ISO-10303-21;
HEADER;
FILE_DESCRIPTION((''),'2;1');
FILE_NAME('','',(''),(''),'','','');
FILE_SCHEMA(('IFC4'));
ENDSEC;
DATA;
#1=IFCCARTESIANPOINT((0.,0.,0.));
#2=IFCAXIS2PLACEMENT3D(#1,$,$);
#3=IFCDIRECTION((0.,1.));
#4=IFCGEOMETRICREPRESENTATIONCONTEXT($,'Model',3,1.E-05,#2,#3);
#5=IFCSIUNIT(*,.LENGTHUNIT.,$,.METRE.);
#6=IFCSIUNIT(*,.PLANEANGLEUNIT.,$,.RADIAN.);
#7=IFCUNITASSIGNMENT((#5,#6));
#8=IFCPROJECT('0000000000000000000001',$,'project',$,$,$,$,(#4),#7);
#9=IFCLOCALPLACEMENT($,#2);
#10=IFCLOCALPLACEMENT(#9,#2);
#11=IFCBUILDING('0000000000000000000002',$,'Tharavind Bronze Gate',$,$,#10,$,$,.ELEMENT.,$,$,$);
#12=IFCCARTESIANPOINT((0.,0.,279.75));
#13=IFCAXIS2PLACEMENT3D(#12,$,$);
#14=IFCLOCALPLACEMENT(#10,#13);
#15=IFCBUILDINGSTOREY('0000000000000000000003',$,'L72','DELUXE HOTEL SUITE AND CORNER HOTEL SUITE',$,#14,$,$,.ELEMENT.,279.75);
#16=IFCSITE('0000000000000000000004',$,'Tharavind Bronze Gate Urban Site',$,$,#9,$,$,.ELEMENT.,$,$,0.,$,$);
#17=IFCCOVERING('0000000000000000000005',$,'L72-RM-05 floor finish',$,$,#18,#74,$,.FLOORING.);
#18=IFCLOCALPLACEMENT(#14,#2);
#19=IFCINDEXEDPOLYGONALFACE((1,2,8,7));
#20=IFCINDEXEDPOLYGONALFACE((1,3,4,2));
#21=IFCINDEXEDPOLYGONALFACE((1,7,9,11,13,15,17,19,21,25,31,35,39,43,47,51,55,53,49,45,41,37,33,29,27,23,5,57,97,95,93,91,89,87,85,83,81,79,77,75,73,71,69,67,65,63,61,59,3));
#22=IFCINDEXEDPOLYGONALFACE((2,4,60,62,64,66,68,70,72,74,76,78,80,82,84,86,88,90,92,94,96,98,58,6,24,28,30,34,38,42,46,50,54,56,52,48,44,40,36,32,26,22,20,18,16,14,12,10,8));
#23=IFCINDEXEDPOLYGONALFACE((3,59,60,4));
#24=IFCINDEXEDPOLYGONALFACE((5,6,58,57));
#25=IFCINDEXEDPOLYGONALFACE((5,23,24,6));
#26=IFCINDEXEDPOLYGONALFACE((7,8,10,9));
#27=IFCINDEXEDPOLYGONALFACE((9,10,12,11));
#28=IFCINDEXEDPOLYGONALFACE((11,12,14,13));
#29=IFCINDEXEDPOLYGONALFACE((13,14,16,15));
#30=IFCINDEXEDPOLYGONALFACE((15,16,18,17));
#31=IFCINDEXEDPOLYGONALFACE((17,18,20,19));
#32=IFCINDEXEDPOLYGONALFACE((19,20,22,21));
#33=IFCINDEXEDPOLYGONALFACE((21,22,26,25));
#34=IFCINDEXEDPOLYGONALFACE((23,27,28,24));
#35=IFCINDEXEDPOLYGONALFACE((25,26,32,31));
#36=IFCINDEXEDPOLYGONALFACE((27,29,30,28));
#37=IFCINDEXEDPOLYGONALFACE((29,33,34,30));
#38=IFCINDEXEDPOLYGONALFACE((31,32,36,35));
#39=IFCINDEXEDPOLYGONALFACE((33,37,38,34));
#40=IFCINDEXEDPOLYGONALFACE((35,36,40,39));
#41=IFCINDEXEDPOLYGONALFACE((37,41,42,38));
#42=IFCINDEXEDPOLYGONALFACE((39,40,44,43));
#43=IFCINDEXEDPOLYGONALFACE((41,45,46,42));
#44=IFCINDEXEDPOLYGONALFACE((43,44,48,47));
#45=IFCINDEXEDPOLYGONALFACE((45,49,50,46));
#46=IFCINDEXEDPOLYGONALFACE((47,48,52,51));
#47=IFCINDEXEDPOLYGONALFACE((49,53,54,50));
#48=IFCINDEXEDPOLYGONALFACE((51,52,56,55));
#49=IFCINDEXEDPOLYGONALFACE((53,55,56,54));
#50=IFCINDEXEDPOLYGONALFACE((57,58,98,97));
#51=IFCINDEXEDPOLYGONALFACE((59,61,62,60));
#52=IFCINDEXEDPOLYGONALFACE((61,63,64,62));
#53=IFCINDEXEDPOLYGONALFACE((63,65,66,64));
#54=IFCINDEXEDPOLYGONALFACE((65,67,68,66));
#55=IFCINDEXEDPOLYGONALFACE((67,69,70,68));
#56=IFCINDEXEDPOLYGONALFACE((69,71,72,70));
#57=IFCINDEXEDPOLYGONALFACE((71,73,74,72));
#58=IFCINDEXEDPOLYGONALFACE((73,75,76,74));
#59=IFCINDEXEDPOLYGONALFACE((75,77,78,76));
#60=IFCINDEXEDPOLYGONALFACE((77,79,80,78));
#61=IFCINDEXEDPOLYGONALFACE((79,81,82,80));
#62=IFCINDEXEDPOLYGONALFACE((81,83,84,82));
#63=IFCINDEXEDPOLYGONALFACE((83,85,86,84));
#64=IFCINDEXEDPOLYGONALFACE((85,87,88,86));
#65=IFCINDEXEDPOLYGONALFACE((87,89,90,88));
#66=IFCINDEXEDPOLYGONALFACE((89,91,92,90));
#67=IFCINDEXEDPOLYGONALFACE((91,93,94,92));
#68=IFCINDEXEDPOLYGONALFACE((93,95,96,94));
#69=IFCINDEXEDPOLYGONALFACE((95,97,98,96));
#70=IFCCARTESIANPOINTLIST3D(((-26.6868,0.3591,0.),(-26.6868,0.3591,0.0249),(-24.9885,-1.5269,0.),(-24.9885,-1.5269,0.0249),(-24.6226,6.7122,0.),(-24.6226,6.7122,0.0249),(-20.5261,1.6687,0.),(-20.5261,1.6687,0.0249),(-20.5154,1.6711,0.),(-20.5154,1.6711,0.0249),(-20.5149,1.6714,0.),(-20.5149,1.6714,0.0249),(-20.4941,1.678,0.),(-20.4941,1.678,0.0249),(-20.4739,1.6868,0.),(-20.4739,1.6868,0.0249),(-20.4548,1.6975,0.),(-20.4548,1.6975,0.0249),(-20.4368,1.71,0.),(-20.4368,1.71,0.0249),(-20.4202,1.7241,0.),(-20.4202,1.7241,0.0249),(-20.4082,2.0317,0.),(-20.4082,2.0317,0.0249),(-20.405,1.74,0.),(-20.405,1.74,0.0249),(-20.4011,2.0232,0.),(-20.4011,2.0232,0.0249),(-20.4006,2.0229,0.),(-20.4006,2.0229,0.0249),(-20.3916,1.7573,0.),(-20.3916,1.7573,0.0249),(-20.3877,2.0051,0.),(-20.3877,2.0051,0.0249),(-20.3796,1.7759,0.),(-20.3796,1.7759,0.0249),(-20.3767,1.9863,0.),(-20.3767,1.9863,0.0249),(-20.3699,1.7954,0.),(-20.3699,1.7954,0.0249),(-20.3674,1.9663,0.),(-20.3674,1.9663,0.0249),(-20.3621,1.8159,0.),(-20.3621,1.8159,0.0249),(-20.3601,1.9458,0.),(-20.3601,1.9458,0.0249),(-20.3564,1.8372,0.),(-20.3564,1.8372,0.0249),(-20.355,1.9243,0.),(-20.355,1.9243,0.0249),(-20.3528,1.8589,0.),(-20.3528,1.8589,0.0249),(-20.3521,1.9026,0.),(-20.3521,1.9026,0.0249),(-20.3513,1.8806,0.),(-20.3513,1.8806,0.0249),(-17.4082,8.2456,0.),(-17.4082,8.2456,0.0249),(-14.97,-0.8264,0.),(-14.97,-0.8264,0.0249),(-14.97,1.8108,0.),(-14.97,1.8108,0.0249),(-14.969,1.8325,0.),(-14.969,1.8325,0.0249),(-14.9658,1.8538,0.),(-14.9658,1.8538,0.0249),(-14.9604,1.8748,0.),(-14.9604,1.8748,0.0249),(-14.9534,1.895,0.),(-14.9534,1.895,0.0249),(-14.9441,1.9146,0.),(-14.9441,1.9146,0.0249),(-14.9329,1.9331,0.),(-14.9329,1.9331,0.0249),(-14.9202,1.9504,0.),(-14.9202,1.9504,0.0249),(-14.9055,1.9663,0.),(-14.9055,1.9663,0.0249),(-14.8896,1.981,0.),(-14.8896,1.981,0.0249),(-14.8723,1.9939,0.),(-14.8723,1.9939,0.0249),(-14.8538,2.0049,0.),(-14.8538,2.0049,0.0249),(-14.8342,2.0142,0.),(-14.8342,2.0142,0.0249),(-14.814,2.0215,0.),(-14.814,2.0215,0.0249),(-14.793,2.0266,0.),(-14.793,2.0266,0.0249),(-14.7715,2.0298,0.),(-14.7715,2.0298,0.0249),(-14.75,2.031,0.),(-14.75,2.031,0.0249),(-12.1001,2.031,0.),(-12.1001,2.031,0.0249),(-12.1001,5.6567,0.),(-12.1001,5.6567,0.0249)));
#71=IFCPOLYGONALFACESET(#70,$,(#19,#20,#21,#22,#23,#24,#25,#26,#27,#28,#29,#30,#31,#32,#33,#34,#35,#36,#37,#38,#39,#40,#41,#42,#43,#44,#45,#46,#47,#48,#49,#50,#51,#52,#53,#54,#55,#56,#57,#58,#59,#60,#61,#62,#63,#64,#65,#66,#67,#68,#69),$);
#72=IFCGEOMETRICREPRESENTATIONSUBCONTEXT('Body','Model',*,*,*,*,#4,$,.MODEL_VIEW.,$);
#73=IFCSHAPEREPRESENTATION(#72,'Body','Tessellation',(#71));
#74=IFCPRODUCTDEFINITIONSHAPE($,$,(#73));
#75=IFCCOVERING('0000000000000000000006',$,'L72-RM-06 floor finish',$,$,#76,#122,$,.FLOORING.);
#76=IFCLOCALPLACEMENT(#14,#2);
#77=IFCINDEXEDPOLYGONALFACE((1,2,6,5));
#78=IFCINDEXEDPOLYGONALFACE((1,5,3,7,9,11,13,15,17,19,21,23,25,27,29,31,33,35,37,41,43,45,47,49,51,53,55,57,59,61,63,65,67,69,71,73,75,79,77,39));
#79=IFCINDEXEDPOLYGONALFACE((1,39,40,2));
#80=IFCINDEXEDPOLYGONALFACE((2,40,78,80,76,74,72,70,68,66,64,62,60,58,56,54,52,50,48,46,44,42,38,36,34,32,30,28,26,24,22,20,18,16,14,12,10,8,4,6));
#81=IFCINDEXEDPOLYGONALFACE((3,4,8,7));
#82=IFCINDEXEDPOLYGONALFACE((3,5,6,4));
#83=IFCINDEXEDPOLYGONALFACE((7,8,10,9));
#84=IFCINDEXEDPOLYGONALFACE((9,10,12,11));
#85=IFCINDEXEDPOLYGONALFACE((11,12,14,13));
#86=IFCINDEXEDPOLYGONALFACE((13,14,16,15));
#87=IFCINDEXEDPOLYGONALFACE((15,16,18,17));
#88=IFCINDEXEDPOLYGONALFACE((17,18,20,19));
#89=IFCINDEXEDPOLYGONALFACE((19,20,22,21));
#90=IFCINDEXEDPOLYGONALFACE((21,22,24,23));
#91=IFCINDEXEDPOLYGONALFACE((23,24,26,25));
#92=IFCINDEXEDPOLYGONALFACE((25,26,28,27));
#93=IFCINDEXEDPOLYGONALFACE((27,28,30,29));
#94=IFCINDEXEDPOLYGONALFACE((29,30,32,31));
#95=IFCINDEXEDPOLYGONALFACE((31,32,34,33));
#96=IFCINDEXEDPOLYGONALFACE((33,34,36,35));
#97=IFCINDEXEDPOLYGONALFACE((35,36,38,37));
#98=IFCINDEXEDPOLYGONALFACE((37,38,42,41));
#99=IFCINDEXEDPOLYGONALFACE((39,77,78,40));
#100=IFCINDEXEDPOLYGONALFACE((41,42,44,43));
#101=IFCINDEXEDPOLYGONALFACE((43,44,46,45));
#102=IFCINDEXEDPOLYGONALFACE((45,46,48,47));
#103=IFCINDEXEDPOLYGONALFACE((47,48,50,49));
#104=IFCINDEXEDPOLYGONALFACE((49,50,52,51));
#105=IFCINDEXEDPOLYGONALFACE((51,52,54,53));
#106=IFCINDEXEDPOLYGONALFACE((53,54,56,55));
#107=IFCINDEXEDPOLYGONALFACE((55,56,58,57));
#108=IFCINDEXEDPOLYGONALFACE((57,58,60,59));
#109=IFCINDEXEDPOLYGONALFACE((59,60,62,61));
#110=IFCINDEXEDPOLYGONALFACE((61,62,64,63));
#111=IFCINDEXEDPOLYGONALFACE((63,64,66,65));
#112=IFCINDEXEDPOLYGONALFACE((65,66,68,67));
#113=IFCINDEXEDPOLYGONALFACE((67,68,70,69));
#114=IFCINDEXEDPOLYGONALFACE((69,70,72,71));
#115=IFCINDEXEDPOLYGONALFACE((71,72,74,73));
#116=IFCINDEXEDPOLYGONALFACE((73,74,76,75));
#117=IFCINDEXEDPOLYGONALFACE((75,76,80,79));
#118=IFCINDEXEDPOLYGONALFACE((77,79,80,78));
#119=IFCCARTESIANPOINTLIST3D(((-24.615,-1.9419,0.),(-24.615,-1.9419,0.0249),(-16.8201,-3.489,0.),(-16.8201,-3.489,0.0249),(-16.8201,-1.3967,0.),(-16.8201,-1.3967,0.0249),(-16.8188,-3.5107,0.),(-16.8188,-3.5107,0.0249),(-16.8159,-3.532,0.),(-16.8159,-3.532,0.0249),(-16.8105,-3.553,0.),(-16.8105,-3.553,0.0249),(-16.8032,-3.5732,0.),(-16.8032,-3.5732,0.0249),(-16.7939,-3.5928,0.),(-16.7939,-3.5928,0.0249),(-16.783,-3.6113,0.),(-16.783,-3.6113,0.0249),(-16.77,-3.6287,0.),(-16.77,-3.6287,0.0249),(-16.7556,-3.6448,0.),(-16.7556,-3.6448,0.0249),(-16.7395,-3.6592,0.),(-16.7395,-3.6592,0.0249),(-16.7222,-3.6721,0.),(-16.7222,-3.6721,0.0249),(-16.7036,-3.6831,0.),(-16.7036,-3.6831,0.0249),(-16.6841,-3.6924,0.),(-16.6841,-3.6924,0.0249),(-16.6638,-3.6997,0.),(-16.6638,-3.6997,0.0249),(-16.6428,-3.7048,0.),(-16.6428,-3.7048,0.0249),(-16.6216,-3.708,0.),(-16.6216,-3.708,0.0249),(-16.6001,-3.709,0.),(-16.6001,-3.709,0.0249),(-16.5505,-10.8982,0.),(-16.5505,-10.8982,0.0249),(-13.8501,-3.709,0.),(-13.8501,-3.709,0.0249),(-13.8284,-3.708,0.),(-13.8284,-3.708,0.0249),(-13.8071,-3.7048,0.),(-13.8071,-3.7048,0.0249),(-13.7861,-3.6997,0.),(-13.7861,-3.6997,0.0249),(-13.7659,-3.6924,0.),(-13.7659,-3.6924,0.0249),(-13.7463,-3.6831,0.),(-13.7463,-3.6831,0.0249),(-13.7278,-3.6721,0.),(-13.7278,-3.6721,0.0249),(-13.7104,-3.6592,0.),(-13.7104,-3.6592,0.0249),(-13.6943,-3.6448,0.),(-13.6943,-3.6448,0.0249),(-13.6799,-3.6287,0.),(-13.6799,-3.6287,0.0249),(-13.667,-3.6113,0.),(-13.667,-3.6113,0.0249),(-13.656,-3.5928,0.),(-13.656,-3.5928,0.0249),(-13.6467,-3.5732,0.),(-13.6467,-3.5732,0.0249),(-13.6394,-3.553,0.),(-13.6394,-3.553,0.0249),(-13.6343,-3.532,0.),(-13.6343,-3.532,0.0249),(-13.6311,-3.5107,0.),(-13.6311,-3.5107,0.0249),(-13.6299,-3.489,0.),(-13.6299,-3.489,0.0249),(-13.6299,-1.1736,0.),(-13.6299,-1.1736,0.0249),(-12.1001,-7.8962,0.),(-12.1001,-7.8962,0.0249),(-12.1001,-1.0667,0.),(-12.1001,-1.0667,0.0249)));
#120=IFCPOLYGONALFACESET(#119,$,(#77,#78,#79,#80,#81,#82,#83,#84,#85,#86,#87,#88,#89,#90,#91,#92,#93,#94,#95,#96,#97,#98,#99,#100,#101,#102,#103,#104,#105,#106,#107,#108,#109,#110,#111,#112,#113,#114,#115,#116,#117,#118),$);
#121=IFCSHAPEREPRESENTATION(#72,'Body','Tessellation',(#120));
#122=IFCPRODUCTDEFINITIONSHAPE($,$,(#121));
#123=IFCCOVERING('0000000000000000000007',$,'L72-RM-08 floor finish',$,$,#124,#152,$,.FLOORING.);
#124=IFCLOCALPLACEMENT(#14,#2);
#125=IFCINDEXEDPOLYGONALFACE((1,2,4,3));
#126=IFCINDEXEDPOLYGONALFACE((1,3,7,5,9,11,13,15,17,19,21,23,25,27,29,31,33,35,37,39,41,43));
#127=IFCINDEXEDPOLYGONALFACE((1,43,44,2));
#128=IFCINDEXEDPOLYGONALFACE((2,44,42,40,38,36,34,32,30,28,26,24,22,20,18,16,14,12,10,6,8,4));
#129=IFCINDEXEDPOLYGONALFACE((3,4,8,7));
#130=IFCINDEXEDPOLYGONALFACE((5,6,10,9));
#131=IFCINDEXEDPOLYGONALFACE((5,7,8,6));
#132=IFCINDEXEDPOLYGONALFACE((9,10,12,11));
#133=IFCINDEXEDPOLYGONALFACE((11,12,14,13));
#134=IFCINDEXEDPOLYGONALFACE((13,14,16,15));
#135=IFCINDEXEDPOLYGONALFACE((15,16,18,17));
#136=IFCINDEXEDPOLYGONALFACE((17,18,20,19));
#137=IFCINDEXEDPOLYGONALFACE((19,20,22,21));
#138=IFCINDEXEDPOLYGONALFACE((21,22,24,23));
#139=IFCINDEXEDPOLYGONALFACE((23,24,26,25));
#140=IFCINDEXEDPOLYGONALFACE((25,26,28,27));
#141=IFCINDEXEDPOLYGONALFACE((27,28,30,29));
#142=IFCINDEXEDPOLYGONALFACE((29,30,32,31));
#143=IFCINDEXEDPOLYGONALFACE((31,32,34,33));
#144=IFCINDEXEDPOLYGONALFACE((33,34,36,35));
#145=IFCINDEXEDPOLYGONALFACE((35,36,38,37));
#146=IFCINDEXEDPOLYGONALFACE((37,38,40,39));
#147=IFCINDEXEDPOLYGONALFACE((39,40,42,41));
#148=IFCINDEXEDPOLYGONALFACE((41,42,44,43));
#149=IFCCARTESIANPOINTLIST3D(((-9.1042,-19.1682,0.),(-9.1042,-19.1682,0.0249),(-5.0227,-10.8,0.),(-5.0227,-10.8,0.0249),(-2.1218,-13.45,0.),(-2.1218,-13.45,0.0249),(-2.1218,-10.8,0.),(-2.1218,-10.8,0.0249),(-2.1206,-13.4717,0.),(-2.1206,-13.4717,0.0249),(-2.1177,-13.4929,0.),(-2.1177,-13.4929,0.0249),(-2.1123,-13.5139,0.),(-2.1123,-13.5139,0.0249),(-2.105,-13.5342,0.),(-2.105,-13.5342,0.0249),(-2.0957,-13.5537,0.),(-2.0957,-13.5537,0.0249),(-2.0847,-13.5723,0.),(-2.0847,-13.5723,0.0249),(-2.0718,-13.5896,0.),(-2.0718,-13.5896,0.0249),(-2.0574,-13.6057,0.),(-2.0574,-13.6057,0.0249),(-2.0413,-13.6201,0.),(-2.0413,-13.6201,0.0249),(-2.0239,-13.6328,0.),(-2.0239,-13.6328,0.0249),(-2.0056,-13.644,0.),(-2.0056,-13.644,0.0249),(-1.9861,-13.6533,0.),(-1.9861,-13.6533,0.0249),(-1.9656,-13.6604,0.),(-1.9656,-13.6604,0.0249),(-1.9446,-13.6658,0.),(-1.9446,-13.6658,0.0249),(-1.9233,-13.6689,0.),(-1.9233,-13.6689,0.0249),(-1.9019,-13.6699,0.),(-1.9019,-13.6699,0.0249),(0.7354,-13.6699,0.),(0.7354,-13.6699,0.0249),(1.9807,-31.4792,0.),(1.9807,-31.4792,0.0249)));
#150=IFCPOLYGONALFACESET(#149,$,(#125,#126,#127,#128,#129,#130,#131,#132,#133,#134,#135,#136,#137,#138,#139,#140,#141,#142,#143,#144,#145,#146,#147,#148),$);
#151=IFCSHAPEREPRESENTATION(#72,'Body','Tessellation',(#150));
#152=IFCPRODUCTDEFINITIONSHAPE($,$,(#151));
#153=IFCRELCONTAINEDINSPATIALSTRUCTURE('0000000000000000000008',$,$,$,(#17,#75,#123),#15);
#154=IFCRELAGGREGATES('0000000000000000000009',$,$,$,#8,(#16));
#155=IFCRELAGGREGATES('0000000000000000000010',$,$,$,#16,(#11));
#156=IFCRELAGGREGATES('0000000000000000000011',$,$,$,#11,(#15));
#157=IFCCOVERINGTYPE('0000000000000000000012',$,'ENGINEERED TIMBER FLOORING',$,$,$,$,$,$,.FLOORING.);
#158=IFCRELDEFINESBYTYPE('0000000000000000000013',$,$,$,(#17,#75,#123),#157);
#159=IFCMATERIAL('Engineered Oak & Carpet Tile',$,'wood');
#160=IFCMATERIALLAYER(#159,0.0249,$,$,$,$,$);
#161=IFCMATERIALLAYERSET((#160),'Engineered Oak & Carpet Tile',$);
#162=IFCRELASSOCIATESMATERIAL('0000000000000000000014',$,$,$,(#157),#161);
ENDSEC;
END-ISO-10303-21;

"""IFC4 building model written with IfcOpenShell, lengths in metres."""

from ifc_helpers import new_model, si_unit, direction, frame, origin, place, context, subcontext, project, spatial, polyline, outline, extrude, material, layer, layer_set, type_object, element, save


model = new_model("IFC4")

# Units and contexts
model_context = context("Model", 3, precision=1e-05, world=origin(), true_north=direction((0.0, 1.0)))
body_context = subcontext(model_context, "Body", "Model", "MODEL_VIEW")
ifc_project = project(units=[si_unit("LENGTHUNIT", "METRE"), si_unit("PLANEANGLEUNIT", "RADIAN")], contexts=[model_context])

# Site, building, storey
site_placement = place(None, origin())
site = spatial("IfcSite", under=ifc_project, at=site_placement, Name="Tharavind Bronze Gate Urban Site", CompositionType="ELEMENT", RefElevation=0.0)
building_placement = place(site_placement, origin())
building = spatial("IfcBuilding", under=site, at=building_placement, Name="Tharavind Bronze Gate", CompositionType="ELEMENT")
storey_placement = place(building_placement, frame((0.0, 0.0, 279.75)))
storey = spatial("IfcBuildingStorey", under=building, at=storey_placement, Name="L72", Description="DELUXE HOTEL SUITE AND CORNER HOTEL SUITE", CompositionType="ELEMENT", Elevation=279.75)

# Coverings
ifc_material_1 = material(Name="Engineered Oak & Carpet Tile", Category="wood")
ifc_layer_1 = layer(ifc_material_1, 0.0249)
ifc_layer_set_1 = layer_set([ifc_layer_1], Name="Engineered Oak & Carpet Tile")
covering_type_1 = type_object("IfcCoveringType", Name="ENGINEERED TIMBER FLOORING", PredefinedType="FLOORING", material=ifc_layer_set_1)
covering_1_placement = place(storey_placement, origin())
element("IfcCovering", 1, at=covering_1_placement, inside=storey, type_object=covering_type_1, Name="L72-RM-05 floor finish", PredefinedType="FLOORING", context=body_context, shape_type="SweptSolid", body=[
    extrude(outline(polyline([(-24.9885, -1.5269), (-14.97, -0.8264), (-14.97, 1.8108), (-14.969, 1.8325), (-14.9658, 1.8538), (-14.9604, 1.8748), (-14.9534, 1.895), (-14.9441, 1.9146), (-14.9329, 1.9331), (-14.9202, 1.9504), (-14.9055, 1.9663), (-14.8896, 1.981), (-14.8723, 1.9939), (-14.8538, 2.0049), (-14.8342, 2.0142), (-14.814, 2.0215), (-14.793, 2.0266), (-14.7715, 2.0298), (-14.75, 2.031), (-12.1001, 2.031), (-12.1001, 5.6567), (-17.4082, 8.2456), (-24.6226, 6.7122), (-20.4082, 2.0317), (-20.4011, 2.0232), (-20.4006, 2.0229), (-20.3877, 2.0051), (-20.3767, 1.9863), (-20.3674, 1.9663), (-20.3601, 1.9458), (-20.355, 1.9243), (-20.3521, 1.9026), (-20.3513, 1.8806), (-20.3528, 1.8589), (-20.3564, 1.8372), (-20.3621, 1.8159), (-20.3699, 1.7954), (-20.3796, 1.7759), (-20.3916, 1.7573), (-20.405, 1.74), (-20.4202, 1.7241), (-20.4368, 1.71), (-20.4548, 1.6975), (-20.4739, 1.6868), (-20.4941, 1.678), (-20.5149, 1.6714), (-20.5154, 1.6711), (-20.5261, 1.6687), (-26.6868, 0.3591), (-24.9885, -1.5269)])), origin(), (0.0, 0.0, 1.0), 0.0249),
])
covering_2_placement = place(storey_placement, origin())
element("IfcCovering", 2, at=covering_2_placement, inside=storey, type_object=covering_type_1, Name="L72-RM-06 floor finish", PredefinedType="FLOORING", context=body_context, shape_type="SweptSolid", body=[
    extrude(outline(polyline([(-16.5505, -10.8982), (-12.1001, -7.8962), (-12.1001, -1.0667), (-13.6299, -1.1736), (-13.6299, -3.489), (-13.6311, -3.5107), (-13.6343, -3.532), (-13.6394, -3.553), (-13.6467, -3.5732), (-13.656, -3.5928), (-13.667, -3.6113), (-13.6799, -3.6287), (-13.6943, -3.6448), (-13.7104, -3.6592), (-13.7278, -3.6721), (-13.7463, -3.6831), (-13.7659, -3.6924), (-13.7861, -3.6997), (-13.8071, -3.7048), (-13.8284, -3.708), (-13.8501, -3.709), (-16.6001, -3.709), (-16.6216, -3.708), (-16.6428, -3.7048), (-16.6638, -3.6997), (-16.6841, -3.6924), (-16.7036, -3.6831), (-16.7222, -3.6721), (-16.7395, -3.6592), (-16.7556, -3.6448), (-16.77, -3.6287), (-16.783, -3.6113), (-16.7939, -3.5928), (-16.8032, -3.5732), (-16.8105, -3.553), (-16.8159, -3.532), (-16.8188, -3.5107), (-16.8201, -3.489), (-16.8201, -1.3967), (-24.615, -1.9419), (-16.5505, -10.8982)])), origin(), (0.0, 0.0, 1.0), 0.0249),
])
covering_3_placement = place(storey_placement, origin())
element("IfcCovering", 3, at=covering_3_placement, inside=storey, type_object=covering_type_1, Name="L72-RM-08 floor finish", PredefinedType="FLOORING", context=body_context, shape_type="SweptSolid", body=[
    extrude(outline(polyline([(1.9807, -31.4792), (0.7354, -13.6699), (-1.9019, -13.6699), (-1.9233, -13.6689), (-1.9446, -13.6658), (-1.9656, -13.6604), (-1.9861, -13.6533), (-2.0056, -13.644), (-2.0239, -13.6328), (-2.0413, -13.6201), (-2.0574, -13.6057), (-2.0718, -13.5896), (-2.0847, -13.5723), (-2.0957, -13.5537), (-2.105, -13.5342), (-2.1123, -13.5139), (-2.1177, -13.4929), (-2.1206, -13.4717), (-2.1218, -13.45), (-2.1218, -10.8), (-5.0227, -10.8), (-9.1042, -19.1682), (1.9807, -31.4792)])), origin(), (0.0, 0.0, 1.0), 0.0249),
])

save(model, "model.ifc")
